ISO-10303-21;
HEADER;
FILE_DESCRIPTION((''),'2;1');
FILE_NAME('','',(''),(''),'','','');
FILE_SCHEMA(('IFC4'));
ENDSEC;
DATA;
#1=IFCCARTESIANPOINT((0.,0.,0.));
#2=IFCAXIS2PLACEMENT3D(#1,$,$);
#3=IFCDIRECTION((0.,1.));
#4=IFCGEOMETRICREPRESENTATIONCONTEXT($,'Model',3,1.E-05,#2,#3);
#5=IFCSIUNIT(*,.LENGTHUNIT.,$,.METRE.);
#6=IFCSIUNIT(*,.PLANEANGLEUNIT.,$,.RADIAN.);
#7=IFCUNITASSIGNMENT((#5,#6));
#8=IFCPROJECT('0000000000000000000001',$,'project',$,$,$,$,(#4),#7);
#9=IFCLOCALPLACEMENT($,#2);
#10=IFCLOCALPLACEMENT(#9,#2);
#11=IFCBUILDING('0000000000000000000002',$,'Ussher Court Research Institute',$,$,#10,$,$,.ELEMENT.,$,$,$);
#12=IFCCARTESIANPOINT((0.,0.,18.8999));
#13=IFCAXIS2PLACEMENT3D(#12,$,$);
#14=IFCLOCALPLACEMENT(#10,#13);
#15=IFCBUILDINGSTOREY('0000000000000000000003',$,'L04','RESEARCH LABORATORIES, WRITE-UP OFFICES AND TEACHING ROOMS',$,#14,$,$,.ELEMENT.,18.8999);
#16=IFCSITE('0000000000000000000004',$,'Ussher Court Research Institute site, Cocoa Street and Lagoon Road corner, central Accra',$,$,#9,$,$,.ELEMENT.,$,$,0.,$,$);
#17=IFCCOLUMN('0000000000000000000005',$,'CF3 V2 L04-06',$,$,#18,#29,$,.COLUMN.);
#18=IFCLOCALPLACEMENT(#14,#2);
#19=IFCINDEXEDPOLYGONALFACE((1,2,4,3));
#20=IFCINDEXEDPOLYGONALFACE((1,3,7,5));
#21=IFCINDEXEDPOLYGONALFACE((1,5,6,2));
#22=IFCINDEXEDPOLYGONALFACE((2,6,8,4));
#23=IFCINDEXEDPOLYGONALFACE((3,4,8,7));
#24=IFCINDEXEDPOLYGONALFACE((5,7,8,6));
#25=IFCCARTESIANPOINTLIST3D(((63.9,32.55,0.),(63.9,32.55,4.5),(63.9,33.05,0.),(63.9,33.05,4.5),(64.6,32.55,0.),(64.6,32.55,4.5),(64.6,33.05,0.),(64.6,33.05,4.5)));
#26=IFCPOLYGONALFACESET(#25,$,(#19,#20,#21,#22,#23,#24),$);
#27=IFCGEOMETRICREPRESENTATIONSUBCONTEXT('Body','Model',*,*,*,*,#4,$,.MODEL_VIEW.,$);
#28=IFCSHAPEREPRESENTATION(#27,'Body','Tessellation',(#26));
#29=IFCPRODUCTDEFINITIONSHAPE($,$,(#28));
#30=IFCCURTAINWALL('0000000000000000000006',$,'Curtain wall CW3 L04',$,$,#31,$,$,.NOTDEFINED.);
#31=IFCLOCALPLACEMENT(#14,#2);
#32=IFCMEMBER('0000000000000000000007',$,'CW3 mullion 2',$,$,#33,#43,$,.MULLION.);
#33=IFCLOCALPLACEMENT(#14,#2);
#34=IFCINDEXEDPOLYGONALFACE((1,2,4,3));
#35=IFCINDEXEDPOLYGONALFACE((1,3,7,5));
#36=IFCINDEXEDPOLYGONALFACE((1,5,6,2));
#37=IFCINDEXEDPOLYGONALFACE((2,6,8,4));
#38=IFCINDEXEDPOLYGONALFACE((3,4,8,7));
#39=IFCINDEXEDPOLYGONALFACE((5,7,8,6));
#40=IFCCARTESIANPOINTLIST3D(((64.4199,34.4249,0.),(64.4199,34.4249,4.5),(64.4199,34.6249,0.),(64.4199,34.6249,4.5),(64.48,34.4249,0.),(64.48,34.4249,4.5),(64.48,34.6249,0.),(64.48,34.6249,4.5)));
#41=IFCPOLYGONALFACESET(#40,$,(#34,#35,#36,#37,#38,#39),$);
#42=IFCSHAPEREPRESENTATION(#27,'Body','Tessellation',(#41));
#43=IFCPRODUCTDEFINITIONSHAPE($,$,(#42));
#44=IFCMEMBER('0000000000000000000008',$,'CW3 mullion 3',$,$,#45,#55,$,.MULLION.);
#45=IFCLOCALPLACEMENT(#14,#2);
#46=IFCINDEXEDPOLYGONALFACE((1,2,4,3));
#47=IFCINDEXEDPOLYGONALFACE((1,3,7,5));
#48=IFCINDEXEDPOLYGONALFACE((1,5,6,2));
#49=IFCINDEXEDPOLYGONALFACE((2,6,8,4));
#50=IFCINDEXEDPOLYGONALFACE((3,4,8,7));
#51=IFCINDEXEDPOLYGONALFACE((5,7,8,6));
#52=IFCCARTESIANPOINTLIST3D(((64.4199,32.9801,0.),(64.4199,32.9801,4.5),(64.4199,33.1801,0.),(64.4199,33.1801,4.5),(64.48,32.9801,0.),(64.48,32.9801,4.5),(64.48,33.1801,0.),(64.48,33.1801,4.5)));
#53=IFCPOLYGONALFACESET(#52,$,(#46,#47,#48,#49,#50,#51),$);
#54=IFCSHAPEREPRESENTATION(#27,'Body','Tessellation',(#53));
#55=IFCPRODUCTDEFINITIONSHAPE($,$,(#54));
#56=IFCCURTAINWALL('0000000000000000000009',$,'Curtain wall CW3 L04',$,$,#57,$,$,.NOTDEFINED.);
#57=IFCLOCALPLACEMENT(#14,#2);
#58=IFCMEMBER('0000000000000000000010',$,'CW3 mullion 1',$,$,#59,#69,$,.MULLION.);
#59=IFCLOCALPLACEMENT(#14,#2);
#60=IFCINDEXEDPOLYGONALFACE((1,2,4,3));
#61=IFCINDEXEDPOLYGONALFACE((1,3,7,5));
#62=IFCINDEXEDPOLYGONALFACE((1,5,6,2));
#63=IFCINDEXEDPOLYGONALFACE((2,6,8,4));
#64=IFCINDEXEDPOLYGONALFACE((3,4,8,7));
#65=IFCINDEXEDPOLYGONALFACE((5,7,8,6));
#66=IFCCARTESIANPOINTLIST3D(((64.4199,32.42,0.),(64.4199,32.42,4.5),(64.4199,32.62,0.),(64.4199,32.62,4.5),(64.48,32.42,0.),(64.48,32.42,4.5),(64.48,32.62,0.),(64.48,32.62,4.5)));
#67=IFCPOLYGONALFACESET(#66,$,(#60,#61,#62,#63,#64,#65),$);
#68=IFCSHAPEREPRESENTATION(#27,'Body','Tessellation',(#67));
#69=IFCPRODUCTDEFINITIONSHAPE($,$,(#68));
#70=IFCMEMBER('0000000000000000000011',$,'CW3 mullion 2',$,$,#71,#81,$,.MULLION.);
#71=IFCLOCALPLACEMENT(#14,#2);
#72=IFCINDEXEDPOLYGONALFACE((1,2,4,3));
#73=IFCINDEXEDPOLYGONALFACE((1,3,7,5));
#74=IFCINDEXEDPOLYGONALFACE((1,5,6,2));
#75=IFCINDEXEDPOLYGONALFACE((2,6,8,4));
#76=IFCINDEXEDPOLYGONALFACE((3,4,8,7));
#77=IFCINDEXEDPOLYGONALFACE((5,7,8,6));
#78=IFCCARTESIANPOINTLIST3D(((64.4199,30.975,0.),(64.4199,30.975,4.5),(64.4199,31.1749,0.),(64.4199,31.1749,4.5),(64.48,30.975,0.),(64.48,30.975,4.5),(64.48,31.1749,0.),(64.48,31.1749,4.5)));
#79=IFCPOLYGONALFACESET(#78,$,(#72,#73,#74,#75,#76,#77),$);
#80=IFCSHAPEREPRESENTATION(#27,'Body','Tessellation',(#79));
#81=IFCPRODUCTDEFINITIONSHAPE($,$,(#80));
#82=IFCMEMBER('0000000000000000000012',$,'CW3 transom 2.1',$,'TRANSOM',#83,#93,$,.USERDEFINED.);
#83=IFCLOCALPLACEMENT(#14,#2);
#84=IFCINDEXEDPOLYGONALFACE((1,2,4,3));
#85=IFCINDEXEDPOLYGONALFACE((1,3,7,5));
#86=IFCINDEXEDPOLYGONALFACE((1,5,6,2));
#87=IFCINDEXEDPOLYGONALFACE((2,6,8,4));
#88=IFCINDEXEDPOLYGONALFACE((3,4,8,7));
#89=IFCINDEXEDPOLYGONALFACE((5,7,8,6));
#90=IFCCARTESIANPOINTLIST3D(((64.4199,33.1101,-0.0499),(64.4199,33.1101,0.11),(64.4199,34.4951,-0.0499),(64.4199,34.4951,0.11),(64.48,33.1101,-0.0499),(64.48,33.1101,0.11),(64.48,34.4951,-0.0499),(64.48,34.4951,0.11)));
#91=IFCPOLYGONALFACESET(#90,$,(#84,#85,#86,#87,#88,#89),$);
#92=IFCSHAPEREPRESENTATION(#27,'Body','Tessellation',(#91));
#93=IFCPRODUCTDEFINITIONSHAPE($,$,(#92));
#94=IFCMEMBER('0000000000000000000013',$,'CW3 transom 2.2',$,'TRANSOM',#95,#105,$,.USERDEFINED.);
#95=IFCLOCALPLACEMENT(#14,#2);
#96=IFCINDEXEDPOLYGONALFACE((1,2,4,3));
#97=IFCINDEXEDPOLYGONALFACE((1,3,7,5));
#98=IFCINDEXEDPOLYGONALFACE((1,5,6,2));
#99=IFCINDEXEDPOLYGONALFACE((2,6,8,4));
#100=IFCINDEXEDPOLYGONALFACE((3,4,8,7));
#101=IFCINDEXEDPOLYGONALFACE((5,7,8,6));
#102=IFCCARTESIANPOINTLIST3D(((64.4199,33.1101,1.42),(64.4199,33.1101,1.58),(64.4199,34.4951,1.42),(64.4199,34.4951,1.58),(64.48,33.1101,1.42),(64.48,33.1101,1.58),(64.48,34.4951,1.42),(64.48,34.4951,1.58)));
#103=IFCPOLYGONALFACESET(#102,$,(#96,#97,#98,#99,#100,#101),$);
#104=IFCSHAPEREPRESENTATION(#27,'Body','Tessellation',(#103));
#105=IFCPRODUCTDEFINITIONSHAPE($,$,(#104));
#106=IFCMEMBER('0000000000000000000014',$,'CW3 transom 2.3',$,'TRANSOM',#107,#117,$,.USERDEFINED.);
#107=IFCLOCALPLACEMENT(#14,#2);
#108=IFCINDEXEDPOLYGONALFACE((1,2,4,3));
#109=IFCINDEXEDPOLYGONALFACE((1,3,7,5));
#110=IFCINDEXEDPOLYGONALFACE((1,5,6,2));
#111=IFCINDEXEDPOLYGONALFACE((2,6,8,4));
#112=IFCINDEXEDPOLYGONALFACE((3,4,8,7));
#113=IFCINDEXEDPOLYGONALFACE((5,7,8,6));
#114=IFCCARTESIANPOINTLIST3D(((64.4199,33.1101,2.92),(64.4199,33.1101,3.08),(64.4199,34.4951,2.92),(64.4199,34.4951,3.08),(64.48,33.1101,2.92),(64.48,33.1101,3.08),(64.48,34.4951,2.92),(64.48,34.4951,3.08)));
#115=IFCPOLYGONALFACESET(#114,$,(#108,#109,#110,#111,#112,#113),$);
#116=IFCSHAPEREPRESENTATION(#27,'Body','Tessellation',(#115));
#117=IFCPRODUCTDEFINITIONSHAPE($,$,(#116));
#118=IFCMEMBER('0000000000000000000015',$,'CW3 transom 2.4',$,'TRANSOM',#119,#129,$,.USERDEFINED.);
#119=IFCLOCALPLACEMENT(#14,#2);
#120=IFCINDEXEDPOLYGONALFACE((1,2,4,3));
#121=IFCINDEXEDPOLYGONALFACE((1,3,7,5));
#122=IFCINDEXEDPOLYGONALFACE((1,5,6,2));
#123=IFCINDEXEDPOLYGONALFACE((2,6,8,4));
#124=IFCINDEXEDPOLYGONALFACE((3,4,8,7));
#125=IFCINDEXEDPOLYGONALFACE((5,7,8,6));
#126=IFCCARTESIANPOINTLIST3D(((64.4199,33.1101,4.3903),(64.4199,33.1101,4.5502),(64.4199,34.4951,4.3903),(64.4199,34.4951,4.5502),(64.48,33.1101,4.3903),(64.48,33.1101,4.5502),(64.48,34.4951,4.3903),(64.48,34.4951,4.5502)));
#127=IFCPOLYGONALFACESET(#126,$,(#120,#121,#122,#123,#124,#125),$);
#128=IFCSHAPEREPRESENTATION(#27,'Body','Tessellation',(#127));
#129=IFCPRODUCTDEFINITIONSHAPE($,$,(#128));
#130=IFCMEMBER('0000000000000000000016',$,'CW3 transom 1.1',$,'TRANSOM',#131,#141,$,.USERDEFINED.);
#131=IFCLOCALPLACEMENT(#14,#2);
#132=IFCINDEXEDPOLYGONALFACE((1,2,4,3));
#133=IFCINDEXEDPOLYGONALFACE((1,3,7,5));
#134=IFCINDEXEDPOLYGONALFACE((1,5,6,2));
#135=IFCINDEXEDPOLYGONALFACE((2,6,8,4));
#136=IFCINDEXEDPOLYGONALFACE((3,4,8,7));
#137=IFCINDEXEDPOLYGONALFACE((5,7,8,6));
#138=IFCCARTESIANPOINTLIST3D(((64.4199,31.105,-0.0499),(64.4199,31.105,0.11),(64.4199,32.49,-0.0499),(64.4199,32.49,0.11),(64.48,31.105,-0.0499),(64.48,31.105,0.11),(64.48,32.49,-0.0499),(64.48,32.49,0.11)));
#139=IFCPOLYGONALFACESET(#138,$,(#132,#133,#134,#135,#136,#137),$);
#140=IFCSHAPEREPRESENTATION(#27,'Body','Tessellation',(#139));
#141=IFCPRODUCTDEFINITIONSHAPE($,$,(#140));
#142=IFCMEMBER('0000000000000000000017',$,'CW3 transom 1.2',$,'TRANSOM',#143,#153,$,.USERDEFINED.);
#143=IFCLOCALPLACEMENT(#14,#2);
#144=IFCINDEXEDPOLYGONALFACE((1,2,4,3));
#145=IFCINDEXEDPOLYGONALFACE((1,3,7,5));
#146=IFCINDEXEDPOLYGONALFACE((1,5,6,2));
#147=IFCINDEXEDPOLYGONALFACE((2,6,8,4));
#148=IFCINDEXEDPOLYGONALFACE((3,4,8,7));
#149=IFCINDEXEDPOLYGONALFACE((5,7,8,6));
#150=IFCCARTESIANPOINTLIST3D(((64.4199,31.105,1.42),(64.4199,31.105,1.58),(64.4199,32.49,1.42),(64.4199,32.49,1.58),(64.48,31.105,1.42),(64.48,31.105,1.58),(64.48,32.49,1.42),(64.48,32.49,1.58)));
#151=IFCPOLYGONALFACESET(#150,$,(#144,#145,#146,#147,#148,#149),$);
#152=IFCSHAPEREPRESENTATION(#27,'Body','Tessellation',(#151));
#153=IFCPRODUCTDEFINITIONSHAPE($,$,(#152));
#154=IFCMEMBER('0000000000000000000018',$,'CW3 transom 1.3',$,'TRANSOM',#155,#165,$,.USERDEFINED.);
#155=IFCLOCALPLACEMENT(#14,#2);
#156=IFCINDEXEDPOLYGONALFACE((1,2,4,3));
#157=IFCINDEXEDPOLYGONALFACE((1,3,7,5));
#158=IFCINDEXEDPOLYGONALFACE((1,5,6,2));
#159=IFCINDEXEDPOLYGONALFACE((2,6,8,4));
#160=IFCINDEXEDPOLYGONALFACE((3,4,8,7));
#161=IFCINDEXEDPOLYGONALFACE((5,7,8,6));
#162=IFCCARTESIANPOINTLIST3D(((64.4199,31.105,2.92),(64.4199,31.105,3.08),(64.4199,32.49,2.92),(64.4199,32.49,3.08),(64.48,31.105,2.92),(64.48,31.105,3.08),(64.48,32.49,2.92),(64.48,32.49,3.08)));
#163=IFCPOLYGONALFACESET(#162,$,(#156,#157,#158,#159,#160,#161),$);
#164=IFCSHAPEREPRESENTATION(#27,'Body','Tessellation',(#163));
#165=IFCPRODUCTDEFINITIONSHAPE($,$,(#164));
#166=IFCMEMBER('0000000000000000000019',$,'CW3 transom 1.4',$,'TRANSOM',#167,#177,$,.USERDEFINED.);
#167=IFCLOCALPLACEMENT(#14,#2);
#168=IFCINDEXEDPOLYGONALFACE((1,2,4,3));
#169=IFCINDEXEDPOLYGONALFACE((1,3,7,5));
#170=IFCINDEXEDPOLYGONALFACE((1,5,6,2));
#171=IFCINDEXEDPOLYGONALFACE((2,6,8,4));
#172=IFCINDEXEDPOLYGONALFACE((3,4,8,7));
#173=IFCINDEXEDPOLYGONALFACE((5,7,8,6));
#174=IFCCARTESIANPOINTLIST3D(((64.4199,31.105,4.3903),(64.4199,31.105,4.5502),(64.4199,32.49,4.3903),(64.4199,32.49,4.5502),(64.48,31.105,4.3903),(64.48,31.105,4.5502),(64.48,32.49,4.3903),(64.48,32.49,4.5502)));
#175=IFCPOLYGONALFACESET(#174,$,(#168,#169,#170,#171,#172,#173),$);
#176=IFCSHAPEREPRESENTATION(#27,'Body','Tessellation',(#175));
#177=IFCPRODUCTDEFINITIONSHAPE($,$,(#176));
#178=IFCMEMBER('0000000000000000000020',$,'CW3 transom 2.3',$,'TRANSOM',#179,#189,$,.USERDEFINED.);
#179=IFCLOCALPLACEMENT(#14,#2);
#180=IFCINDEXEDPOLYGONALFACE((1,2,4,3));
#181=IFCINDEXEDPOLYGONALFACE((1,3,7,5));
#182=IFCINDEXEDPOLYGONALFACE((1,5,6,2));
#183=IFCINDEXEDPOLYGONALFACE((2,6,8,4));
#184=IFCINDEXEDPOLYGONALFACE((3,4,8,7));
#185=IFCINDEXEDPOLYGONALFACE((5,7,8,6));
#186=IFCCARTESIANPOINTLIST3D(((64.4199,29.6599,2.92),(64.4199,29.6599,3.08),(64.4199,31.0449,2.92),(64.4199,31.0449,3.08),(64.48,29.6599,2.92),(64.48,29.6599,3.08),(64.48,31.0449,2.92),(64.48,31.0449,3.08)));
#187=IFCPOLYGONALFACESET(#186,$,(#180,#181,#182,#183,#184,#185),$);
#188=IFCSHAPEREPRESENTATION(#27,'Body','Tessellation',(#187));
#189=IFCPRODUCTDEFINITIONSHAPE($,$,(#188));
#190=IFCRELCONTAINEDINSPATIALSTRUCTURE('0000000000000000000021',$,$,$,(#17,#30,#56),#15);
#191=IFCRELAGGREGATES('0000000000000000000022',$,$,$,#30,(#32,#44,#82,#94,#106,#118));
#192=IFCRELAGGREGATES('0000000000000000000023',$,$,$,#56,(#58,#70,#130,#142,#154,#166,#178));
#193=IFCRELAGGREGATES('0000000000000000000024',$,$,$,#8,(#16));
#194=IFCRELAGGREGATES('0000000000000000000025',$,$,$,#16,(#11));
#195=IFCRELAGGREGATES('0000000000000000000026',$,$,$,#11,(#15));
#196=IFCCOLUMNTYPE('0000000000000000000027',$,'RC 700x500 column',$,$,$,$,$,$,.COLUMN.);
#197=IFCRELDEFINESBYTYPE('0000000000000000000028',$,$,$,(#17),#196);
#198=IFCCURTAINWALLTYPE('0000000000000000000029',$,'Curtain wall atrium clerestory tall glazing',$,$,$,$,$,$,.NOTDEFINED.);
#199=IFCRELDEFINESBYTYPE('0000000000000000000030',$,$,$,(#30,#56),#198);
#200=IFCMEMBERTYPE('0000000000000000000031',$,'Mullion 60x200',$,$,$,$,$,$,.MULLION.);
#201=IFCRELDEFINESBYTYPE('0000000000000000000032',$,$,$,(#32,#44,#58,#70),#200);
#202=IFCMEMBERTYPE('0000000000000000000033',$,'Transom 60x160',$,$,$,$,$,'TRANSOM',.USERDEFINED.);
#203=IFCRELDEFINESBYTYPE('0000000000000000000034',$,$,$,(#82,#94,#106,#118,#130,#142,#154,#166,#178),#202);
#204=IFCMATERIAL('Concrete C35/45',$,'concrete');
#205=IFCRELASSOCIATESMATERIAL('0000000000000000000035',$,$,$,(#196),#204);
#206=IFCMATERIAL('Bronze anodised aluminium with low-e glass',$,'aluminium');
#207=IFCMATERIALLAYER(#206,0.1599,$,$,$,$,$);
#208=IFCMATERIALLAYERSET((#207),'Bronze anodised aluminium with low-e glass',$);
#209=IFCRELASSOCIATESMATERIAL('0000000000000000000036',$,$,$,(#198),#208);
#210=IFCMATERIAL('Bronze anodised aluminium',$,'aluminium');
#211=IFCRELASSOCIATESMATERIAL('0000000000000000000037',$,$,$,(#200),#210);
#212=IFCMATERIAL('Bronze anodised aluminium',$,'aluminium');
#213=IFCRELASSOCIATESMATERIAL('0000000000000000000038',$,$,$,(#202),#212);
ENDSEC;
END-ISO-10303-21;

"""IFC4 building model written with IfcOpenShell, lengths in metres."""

from ifc_helpers import new_model, si_unit, direction, frame, origin, origin_2d, place, context, subcontext, project, spatial, rectangle, extrude, material, layer, layer_set, material_profile, profile_set, type_object, element, aggregate, save


model = new_model("IFC4")

# Units and contexts
model_context = context("Model", 3, precision=1e-05, world=origin(), true_north=direction((0.0, 1.0)))
body_context = subcontext(model_context, "Body", "Model", "MODEL_VIEW")
ifc_project = project(units=[si_unit("LENGTHUNIT", "METRE"), si_unit("PLANEANGLEUNIT", "RADIAN")], contexts=[model_context])

# Site, building, storey
site_placement = place(None, origin())
site = spatial("IfcSite", under=ifc_project, at=site_placement, Name="Ussher Court Research Institute site, Cocoa Street and Lagoon Road corner, central Accra", CompositionType="ELEMENT", RefElevation=0.0)
building_placement = place(site_placement, origin())
building = spatial("IfcBuilding", under=site, at=building_placement, Name="Ussher Court Research Institute", CompositionType="ELEMENT")
storey_placement = place(building_placement, frame((0.0, 0.0, 18.8999)))
storey = spatial("IfcBuildingStorey", under=building, at=storey_placement, Name="L04", Description="RESEARCH LABORATORIES, WRITE-UP OFFICES AND TEACHING ROOMS", CompositionType="ELEMENT", Elevation=18.8999)

# Column
ifc_material_1 = material(Name="Concrete C35/45", Category="concrete")
ifc_material_profile_1 = material_profile(ifc_material_1, rectangle(XDim=0.7, YDim=0.5, at=origin_2d()), Name="RC 700x500")
ifc_profile_set_1 = profile_set([ifc_material_profile_1], Name="Concrete C35/45")
column_type = type_object("IfcColumnType", Name="RC 700x500 column", PredefinedType="COLUMN", material=ifc_profile_set_1)
column_placement = place(storey_placement, frame((64.25, 32.8, 0.0), z_axis=(0.0, 0.0, 1.0), x_axis=(1.0, 0.0, 0.0)))
element("IfcColumn", 1, at=column_placement, inside=storey, type_object=column_type, Name="CF3 V2 L04-06", PredefinedType="COLUMN", context=body_context, shape_type="SweptSolid", body=[
    extrude(rectangle(XDim=0.7, YDim=0.5, at=origin_2d()), origin(), (0.0, 0.0, 1.0), 4.5),
])

# Curtain walls, members
ifc_material_2 = material(Name="Bronze anodised aluminium with low-e glass", Category="aluminium")
ifc_layer_1 = layer(ifc_material_2, 0.1599)
ifc_layer_set_1 = layer_set([ifc_layer_1], Name="Bronze anodised aluminium with low-e glass")
curtain_wall_type = type_object("IfcCurtainWallType", Name="Curtain wall atrium clerestory tall glazing", PredefinedType="NOTDEFINED", material=ifc_layer_set_1)
curtain_wall_1_placement = place(storey_placement, origin())
curtain_wall_1 = element("IfcCurtainWall", 2, at=curtain_wall_1_placement, inside=storey, type_object=curtain_wall_type, Name="Curtain wall CW3 L04", PredefinedType="NOTDEFINED")
ifc_material_3 = material(Name="Bronze anodised aluminium", Category="aluminium")
ifc_material_profile_2 = material_profile(ifc_material_3, rectangle(XDim=0.0601, YDim=0.2, at=origin_2d()), Name="Mullion 60x200")
ifc_profile_set_2 = profile_set([ifc_material_profile_2], Name="Bronze anodised aluminium")
member_type_1 = type_object("IfcMemberType", Name="Mullion 60x200", PredefinedType="MULLION", material=ifc_profile_set_2)
member_1_placement = place(storey_placement, frame((64.45, 34.5249, 0.0), z_axis=(0.0, 0.0, 1.0), x_axis=(1.0, 0.0, 0.0)))
member_1 = element("IfcMember", 3, at=member_1_placement, type_object=member_type_1, Name="CW3 mullion 2", PredefinedType="MULLION", context=body_context, shape_type="SweptSolid", body=[
    extrude(rectangle(XDim=0.0601, YDim=0.2, at=origin_2d()), origin(), (0.0, 0.0, 1.0), 4.5),
])
member_2_placement = place(storey_placement, frame((64.45, 33.0801, 0.0), z_axis=(0.0, 0.0, 1.0), x_axis=(1.0, 0.0, 0.0)))
member_2 = element("IfcMember", 4, at=member_2_placement, type_object=member_type_1, Name="CW3 mullion 3", PredefinedType="MULLION", context=body_context, shape_type="SweptSolid", body=[
    extrude(rectangle(XDim=0.0601, YDim=0.2, at=origin_2d()), origin(), (0.0, 0.0, 1.0), 4.5),
])
curtain_wall_2_placement = place(storey_placement, origin())
curtain_wall_2 = element("IfcCurtainWall", 5, at=curtain_wall_2_placement, inside=storey, type_object=curtain_wall_type, Name="Curtain wall CW3 L04", PredefinedType="NOTDEFINED")
member_3_placement = place(storey_placement, frame((64.45, 32.52, 0.0), z_axis=(0.0, 0.0, 1.0), x_axis=(1.0, 0.0, 0.0)))
member_3 = element("IfcMember", 6, at=member_3_placement, type_object=member_type_1, Name="CW3 mullion 1", PredefinedType="MULLION", context=body_context, shape_type="SweptSolid", body=[
    extrude(rectangle(XDim=0.0601, YDim=0.2, at=origin_2d()), origin(), (0.0, 0.0, 1.0), 4.5),
])
member_4_placement = place(storey_placement, frame((64.45, 31.075, 0.0), z_axis=(0.0, 0.0, 1.0), x_axis=(1.0, 0.0, 0.0)))
member_4 = element("IfcMember", 7, at=member_4_placement, type_object=member_type_1, Name="CW3 mullion 2", PredefinedType="MULLION", context=body_context, shape_type="SweptSolid", body=[
    extrude(rectangle(XDim=0.0601, YDim=0.2, at=origin_2d()), origin(), (0.0, 0.0, 1.0), 4.5),
])

# Members
ifc_material_4 = material(Name="Bronze anodised aluminium", Category="aluminium")
ifc_material_profile_3 = material_profile(ifc_material_4, rectangle(XDim=0.0601, YDim=0.1599, at=origin_2d()), Name="Transom 60x160")
ifc_profile_set_3 = profile_set([ifc_material_profile_3], Name="Bronze anodised aluminium")
member_type_2 = type_object("IfcMemberType", Name="Transom 60x160", ElementType="TRANSOM", PredefinedType="USERDEFINED", material=ifc_profile_set_3)
member_5_placement = place(storey_placement, frame((64.45, 34.4951, 0.03), z_axis=(0.0, -1.0, 0.0), x_axis=(1.0, 0.0, 0.0)))
member_5 = element("IfcMember", 8, at=member_5_placement, type_object=member_type_2, Name="CW3 transom 2.1", ObjectType="TRANSOM", PredefinedType="USERDEFINED", context=body_context, shape_type="SweptSolid", body=[
    extrude(rectangle(XDim=0.0601, YDim=0.1599, at=origin_2d()), origin(), (0.0, 0.0, 1.0), 1.385),
])
member_6_placement = place(storey_placement, frame((64.45, 34.4951, 1.5), z_axis=(0.0, -1.0, 0.0), x_axis=(1.0, 0.0, 0.0)))
member_6 = element("IfcMember", 9, at=member_6_placement, type_object=member_type_2, Name="CW3 transom 2.2", ObjectType="TRANSOM", PredefinedType="USERDEFINED", context=body_context, shape_type="SweptSolid", body=[
    extrude(rectangle(XDim=0.0601, YDim=0.1599, at=origin_2d()), origin(), (0.0, 0.0, 1.0), 1.385),
])
member_7_placement = place(storey_placement, frame((64.45, 34.4951, 3.0), z_axis=(0.0, -1.0, 0.0), x_axis=(1.0, 0.0, 0.0)))
member_7 = element("IfcMember", 10, at=member_7_placement, type_object=member_type_2, Name="CW3 transom 2.3", ObjectType="TRANSOM", PredefinedType="USERDEFINED", context=body_context, shape_type="SweptSolid", body=[
    extrude(rectangle(XDim=0.0601, YDim=0.1599, at=origin_2d()), origin(), (0.0, 0.0, 1.0), 1.385),
])
member_8_placement = place(storey_placement, frame((64.45, 34.4951, 4.4702), z_axis=(0.0, -1.0, 0.0), x_axis=(1.0, 0.0, 0.0)))
member_8 = element("IfcMember", 11, at=member_8_placement, type_object=member_type_2, Name="CW3 transom 2.4", ObjectType="TRANSOM", PredefinedType="USERDEFINED", context=body_context, shape_type="SweptSolid", body=[
    extrude(rectangle(XDim=0.0601, YDim=0.1599, at=origin_2d()), origin(), (0.0, 0.0, 1.0), 1.385),
])
member_9_placement = place(storey_placement, frame((64.45, 32.49, 0.03), z_axis=(0.0, -1.0, 0.0), x_axis=(1.0, 0.0, 0.0)))
member_9 = element("IfcMember", 12, at=member_9_placement, type_object=member_type_2, Name="CW3 transom 1.1", ObjectType="TRANSOM", PredefinedType="USERDEFINED", context=body_context, shape_type="SweptSolid", body=[
    extrude(rectangle(XDim=0.0601, YDim=0.1599, at=origin_2d()), origin(), (0.0, 0.0, 1.0), 1.385),
])
member_10_placement = place(storey_placement, frame((64.45, 32.49, 1.5), z_axis=(0.0, -1.0, 0.0), x_axis=(1.0, 0.0, 0.0)))
member_10 = element("IfcMember", 13, at=member_10_placement, type_object=member_type_2, Name="CW3 transom 1.2", ObjectType="TRANSOM", PredefinedType="USERDEFINED", context=body_context, shape_type="SweptSolid", body=[
    extrude(rectangle(XDim=0.0601, YDim=0.1599, at=origin_2d()), origin(), (0.0, 0.0, 1.0), 1.385),
])
member_11_placement = place(storey_placement, frame((64.45, 32.49, 3.0), z_axis=(0.0, -1.0, 0.0), x_axis=(1.0, 0.0, 0.0)))
member_11 = element("IfcMember", 14, at=member_11_placement, type_object=member_type_2, Name="CW3 transom 1.3", ObjectType="TRANSOM", PredefinedType="USERDEFINED", context=body_context, shape_type="SweptSolid", body=[
    extrude(rectangle(XDim=0.0601, YDim=0.1599, at=origin_2d()), origin(), (0.0, 0.0, 1.0), 1.385),
])
member_12_placement = place(storey_placement, frame((64.45, 32.49, 4.4702), z_axis=(0.0, -1.0, 0.0), x_axis=(1.0, 0.0, 0.0)))
member_12 = element("IfcMember", 15, at=member_12_placement, type_object=member_type_2, Name="CW3 transom 1.4", ObjectType="TRANSOM", PredefinedType="USERDEFINED", context=body_context, shape_type="SweptSolid", body=[
    extrude(rectangle(XDim=0.0601, YDim=0.1599, at=origin_2d()), origin(), (0.0, 0.0, 1.0), 1.385),
])
member_13_placement = place(storey_placement, frame((64.45, 31.0449, 3.0), z_axis=(0.0, -1.0, 0.0), x_axis=(1.0, 0.0, 0.0)))
member_13 = element("IfcMember", 16, at=member_13_placement, type_object=member_type_2, Name="CW3 transom 2.3", ObjectType="TRANSOM", PredefinedType="USERDEFINED", context=body_context, shape_type="SweptSolid", body=[
    extrude(rectangle(XDim=0.0601, YDim=0.1599, at=origin_2d()), origin(), (0.0, 0.0, 1.0), 1.385),
])

aggregate(curtain_wall_1, [member_1, member_2, member_5, member_6, member_7, member_8])
aggregate(curtain_wall_2, [member_3, member_4, member_9, member_10, member_11, member_12, member_13])

save(model, "model.ifc")
